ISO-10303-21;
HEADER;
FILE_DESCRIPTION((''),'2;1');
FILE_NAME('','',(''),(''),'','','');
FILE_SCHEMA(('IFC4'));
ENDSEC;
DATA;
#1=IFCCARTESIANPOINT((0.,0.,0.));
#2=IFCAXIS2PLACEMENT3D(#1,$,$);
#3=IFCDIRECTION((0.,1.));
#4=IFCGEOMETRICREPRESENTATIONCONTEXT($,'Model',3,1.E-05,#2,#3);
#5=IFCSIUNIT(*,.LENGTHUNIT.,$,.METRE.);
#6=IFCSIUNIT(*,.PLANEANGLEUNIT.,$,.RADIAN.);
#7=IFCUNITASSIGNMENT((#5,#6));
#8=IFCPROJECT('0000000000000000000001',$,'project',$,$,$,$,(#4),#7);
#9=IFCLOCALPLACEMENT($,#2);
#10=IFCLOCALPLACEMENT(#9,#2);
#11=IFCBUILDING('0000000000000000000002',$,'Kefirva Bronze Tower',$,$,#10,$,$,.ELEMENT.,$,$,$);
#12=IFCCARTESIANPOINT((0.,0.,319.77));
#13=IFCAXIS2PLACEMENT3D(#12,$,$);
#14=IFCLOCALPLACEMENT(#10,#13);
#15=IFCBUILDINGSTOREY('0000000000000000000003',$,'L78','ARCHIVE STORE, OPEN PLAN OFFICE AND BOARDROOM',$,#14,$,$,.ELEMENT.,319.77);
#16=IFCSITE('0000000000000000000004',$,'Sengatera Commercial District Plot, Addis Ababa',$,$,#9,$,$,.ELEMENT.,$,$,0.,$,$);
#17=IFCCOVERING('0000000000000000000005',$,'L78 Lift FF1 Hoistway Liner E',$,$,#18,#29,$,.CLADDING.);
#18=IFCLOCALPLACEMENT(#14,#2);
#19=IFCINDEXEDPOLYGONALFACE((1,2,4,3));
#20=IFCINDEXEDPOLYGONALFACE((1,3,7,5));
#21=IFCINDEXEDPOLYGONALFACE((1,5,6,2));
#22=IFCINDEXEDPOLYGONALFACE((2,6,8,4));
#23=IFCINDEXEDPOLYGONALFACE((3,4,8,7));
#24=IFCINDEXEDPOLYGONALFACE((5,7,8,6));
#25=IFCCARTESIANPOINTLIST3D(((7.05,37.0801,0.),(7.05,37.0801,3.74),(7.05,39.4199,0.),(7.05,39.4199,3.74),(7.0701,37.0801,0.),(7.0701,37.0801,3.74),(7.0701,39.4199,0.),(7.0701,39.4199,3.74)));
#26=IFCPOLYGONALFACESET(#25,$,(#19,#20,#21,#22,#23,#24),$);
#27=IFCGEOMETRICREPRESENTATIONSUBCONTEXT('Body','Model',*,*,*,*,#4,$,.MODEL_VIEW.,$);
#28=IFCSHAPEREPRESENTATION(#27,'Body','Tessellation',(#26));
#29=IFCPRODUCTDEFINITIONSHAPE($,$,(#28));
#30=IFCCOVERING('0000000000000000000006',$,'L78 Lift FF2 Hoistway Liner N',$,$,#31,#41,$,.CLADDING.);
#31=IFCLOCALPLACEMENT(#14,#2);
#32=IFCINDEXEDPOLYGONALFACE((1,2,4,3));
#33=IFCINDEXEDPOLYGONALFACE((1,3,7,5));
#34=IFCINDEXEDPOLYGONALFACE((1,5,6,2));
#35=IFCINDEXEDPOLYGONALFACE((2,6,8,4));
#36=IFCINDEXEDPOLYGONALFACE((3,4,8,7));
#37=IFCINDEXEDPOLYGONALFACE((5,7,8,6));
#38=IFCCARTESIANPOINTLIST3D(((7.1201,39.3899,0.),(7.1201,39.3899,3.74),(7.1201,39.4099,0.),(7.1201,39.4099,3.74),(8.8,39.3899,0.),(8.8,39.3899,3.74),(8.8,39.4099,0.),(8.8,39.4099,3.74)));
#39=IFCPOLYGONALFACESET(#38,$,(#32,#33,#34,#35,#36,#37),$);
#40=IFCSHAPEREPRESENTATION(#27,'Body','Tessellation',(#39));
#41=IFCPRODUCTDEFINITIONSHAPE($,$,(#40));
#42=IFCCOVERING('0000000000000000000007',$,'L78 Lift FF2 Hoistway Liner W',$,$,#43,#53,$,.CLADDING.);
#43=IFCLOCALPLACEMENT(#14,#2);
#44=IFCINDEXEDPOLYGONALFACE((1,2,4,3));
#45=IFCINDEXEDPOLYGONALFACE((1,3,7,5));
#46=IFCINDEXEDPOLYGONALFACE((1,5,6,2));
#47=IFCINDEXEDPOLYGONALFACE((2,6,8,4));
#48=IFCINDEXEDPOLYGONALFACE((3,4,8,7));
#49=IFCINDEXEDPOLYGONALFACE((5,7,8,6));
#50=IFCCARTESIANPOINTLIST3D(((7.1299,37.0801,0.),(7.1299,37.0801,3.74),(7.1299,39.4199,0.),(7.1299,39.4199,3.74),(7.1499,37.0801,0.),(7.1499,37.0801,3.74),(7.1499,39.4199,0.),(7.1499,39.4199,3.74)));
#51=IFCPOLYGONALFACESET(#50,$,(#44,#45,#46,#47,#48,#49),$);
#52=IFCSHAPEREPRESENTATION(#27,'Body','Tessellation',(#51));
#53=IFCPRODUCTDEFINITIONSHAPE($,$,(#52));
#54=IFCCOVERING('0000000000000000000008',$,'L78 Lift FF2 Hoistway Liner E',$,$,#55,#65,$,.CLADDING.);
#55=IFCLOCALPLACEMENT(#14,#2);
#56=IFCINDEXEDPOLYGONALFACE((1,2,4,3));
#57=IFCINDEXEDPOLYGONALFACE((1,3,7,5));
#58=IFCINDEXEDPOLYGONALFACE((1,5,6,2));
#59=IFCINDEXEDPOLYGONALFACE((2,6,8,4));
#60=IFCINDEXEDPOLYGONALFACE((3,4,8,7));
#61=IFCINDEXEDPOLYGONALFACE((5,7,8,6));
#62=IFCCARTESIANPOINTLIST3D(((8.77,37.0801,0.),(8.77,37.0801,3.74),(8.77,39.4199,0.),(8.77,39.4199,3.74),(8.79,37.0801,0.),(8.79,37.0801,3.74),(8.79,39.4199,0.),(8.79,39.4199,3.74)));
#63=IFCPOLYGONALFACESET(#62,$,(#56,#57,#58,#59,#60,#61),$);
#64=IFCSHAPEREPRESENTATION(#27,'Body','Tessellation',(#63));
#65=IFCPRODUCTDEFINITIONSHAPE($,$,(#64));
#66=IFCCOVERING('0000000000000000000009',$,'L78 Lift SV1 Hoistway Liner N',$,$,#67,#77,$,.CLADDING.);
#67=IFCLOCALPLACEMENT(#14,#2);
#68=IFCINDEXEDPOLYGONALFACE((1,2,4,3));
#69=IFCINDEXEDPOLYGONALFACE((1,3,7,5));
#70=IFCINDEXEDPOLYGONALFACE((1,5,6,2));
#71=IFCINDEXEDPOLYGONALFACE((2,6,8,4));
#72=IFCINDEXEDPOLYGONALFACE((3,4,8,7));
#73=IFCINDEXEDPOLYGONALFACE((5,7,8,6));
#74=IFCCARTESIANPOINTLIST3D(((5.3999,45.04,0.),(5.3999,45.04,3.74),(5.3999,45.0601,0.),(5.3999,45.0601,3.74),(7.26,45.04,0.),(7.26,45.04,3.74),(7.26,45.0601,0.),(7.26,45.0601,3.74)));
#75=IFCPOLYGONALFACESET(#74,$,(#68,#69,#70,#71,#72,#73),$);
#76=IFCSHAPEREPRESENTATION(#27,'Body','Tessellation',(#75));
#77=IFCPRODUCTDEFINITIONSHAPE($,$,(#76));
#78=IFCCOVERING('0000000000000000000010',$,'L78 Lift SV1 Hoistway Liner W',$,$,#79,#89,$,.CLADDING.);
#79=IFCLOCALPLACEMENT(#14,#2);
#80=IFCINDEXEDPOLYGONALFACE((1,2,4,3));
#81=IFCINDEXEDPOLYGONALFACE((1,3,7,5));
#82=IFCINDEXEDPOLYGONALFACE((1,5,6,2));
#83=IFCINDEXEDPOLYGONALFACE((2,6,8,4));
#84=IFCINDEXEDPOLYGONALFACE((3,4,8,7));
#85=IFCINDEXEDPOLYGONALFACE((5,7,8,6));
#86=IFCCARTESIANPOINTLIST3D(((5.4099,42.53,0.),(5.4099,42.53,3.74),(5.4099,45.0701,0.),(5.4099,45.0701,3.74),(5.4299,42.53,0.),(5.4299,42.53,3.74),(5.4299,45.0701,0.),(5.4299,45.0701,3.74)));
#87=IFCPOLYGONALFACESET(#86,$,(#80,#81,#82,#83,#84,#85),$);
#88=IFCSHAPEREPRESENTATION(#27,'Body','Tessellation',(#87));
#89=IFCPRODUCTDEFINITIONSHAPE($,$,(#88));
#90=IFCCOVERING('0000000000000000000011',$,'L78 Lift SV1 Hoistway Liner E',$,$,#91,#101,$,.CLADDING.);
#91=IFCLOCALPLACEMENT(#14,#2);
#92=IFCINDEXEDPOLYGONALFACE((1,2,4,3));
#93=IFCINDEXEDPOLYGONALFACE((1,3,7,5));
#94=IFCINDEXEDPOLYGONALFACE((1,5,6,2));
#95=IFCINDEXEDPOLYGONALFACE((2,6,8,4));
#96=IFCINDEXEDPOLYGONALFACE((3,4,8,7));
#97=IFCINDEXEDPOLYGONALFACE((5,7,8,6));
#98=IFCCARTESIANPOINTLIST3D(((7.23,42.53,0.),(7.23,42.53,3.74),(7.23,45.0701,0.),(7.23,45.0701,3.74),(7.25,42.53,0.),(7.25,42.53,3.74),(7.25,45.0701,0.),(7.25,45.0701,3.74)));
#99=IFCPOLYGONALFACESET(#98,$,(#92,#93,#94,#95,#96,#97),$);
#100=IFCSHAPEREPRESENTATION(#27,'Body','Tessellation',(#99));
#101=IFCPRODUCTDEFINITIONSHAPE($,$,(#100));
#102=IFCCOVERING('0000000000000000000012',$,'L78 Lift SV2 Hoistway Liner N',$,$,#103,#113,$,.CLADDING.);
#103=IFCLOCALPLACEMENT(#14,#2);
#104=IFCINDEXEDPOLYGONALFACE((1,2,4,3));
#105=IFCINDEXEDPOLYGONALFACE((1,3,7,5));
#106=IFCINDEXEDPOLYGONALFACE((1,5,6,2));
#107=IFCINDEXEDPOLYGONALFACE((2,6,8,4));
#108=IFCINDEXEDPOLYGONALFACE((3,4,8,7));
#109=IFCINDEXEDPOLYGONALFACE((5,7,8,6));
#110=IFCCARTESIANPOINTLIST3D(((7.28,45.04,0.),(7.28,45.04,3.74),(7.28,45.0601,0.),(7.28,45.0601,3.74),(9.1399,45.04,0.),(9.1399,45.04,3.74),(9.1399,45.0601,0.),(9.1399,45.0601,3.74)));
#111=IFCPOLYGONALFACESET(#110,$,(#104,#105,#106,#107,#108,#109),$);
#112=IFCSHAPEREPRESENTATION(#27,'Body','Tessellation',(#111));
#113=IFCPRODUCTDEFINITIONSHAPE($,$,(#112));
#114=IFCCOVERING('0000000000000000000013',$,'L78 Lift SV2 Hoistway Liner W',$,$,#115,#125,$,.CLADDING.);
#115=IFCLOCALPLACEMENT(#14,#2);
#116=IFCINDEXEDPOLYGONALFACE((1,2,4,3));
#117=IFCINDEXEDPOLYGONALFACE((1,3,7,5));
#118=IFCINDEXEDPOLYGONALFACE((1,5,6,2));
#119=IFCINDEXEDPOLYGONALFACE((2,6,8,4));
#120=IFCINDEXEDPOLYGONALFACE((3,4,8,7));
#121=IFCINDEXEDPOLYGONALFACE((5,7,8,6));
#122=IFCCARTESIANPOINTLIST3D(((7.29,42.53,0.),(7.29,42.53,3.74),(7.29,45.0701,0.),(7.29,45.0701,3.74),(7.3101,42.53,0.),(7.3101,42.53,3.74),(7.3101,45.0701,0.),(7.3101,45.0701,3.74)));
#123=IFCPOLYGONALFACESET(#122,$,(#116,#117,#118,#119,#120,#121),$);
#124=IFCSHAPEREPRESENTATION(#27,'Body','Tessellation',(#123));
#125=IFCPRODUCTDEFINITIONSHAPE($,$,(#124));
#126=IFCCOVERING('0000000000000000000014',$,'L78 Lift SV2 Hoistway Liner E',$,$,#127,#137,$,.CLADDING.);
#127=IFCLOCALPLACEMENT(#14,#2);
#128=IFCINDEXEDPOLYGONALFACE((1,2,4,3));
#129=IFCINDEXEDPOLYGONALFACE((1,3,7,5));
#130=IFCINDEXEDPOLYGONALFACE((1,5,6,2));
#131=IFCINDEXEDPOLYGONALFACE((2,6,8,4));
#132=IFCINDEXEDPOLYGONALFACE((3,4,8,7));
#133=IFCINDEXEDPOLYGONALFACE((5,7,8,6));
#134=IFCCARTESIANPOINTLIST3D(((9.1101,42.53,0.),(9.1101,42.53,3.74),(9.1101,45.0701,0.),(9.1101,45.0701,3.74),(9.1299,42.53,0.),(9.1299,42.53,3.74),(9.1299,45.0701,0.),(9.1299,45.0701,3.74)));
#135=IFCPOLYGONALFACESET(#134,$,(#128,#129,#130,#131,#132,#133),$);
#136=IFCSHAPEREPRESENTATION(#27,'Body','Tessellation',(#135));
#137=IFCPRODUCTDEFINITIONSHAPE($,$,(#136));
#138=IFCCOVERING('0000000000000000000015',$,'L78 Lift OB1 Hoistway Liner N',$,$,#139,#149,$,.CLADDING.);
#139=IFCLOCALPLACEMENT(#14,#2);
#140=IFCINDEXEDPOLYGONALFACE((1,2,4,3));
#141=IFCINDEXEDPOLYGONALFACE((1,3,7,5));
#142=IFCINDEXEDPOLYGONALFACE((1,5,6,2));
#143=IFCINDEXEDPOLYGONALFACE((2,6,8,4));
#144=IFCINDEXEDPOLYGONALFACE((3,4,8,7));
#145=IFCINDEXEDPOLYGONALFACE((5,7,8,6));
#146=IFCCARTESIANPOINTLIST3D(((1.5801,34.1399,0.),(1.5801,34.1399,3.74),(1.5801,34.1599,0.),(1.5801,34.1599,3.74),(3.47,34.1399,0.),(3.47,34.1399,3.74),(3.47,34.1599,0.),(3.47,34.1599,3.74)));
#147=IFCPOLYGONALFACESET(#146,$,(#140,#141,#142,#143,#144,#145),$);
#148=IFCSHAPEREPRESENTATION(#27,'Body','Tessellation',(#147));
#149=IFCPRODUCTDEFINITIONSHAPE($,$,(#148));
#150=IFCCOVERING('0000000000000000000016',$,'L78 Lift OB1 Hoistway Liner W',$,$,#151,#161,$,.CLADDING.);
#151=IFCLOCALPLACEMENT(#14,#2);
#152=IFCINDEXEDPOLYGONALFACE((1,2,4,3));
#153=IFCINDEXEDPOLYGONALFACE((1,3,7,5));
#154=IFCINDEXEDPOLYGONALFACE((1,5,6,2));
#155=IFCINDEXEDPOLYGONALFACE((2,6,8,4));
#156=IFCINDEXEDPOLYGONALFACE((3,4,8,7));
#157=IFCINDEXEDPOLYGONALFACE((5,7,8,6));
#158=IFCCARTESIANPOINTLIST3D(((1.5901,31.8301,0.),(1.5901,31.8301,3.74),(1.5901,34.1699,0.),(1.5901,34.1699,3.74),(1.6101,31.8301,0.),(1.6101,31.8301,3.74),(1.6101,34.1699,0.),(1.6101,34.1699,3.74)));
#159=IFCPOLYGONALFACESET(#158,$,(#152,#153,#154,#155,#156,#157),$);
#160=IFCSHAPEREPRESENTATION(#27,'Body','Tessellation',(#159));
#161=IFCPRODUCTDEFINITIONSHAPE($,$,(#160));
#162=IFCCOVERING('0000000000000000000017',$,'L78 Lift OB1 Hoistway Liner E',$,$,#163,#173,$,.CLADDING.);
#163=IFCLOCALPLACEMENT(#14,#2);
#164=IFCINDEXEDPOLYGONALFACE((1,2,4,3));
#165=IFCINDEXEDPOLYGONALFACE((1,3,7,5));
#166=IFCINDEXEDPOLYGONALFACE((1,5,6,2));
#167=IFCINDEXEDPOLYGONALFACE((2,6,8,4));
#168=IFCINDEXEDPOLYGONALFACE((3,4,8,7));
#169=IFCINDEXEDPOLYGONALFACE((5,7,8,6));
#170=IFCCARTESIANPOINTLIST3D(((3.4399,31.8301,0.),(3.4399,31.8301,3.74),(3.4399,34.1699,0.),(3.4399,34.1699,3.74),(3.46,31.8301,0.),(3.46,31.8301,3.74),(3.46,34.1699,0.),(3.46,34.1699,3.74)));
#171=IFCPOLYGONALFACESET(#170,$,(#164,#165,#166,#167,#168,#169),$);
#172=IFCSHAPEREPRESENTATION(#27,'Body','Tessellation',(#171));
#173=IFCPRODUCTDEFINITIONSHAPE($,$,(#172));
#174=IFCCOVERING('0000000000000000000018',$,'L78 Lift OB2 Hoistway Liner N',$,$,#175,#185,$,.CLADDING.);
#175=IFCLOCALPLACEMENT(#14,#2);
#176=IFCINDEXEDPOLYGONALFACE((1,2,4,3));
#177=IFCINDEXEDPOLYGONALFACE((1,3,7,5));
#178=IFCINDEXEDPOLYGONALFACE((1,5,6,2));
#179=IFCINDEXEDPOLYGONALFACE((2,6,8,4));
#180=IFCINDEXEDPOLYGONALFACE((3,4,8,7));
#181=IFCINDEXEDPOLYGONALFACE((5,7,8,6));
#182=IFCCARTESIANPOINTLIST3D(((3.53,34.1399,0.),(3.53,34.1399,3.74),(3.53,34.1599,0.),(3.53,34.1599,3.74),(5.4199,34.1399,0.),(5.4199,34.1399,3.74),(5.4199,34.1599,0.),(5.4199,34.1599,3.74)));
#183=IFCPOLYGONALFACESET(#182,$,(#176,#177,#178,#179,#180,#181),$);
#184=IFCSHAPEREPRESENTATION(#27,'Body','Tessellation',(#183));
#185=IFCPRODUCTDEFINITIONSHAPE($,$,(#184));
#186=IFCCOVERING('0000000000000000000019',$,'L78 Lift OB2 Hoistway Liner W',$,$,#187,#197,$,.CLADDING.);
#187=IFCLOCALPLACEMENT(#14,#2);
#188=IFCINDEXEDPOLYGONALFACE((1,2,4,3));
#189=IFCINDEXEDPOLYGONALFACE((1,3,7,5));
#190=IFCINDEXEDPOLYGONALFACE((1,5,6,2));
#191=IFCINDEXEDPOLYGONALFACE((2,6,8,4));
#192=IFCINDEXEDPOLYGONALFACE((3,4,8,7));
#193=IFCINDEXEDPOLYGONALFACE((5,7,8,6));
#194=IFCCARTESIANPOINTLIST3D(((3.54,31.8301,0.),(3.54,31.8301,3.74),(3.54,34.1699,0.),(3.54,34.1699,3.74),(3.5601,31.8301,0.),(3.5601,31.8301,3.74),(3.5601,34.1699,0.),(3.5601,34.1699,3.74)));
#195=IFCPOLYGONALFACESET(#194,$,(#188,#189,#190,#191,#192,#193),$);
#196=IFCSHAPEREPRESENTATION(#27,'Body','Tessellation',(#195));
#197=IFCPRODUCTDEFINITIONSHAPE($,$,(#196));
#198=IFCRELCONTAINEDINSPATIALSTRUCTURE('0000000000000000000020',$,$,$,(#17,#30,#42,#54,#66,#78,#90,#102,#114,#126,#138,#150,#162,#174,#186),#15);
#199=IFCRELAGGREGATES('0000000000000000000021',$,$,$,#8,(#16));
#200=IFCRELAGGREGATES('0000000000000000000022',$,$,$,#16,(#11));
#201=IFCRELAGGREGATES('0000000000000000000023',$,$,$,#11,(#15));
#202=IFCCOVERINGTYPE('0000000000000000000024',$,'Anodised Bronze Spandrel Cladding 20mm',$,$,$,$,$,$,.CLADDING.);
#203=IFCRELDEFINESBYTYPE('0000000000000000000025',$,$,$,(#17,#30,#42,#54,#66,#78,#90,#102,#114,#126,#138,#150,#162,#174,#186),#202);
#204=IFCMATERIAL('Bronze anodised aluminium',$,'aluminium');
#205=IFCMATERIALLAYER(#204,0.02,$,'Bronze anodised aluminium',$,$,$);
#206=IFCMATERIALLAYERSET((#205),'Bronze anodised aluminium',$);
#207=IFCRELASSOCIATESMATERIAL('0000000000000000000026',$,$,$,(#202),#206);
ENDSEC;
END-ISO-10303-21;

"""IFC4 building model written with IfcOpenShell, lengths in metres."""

from ifc_helpers import new_model, si_unit, direction, frame, origin, place, context, subcontext, project, spatial, polyline, outline, extrude, material, layer, layer_set, type_object, element, save


model = new_model("IFC4")

# Units and contexts
model_context = context("Model", 3, precision=1e-05, world=origin(), true_north=direction((0.0, 1.0)))
body_context = subcontext(model_context, "Body", "Model", "MODEL_VIEW")
ifc_project = project(units=[si_unit("LENGTHUNIT", "METRE"), si_unit("PLANEANGLEUNIT", "RADIAN")], contexts=[model_context])

# Site, building, storey
site_placement = place(None, origin())
site = spatial("IfcSite", under=ifc_project, at=site_placement, Name="Sengatera Commercial District Plot, Addis Ababa", CompositionType="ELEMENT", RefElevation=0.0)
building_placement = place(site_placement, origin())
building = spatial("IfcBuilding", under=site, at=building_placement, Name="Kefirva Bronze Tower", CompositionType="ELEMENT")
storey_placement = place(building_placement, frame((0.0, 0.0, 319.77)))
storey = spatial("IfcBuildingStorey", under=building, at=storey_placement, Name="L78", Description="ARCHIVE STORE, OPEN PLAN OFFICE AND BOARDROOM", CompositionType="ELEMENT", Elevation=319.77)

# Shared definitions
ifc_material_1 = material(Name="Bronze anodised aluminium", Category="aluminium")

# Coverings
ifc_layer_1 = layer(ifc_material_1, 0.02, Name="Bronze anodised aluminium")
ifc_layer_set_1 = layer_set([ifc_layer_1], Name="Bronze anodised aluminium")
covering_type_1 = type_object("IfcCoveringType", Name="Anodised Bronze Spandrel Cladding 20mm", PredefinedType="CLADDING", material=ifc_layer_set_1)
covering_1_placement = place(storey_placement, origin())
element("IfcCovering", 1, at=covering_1_placement, inside=storey, type_object=covering_type_1, Name="L78 Lift FF1 Hoistway Liner E", PredefinedType="CLADDING", context=body_context, shape_type="SweptSolid", body=[
    extrude(outline(polyline([(7.05, 37.0801), (7.0701, 37.0801), (7.0701, 39.4199), (7.05, 39.4199), (7.05, 37.0801)])), origin(), (0.0, 0.0, 1.0), 3.74),
])
covering_2_placement = place(storey_placement, origin())
element("IfcCovering", 2, at=covering_2_placement, inside=storey, type_object=covering_type_1, Name="L78 Lift FF2 Hoistway Liner N", PredefinedType="CLADDING", context=body_context, shape_type="SweptSolid", body=[
    extrude(outline(polyline([(7.1201, 39.3899), (8.8, 39.3899), (8.8, 39.4099), (7.1201, 39.4099), (7.1201, 39.3899)])), origin(), (0.0, 0.0, 1.0), 3.74),
])
covering_3_placement = place(storey_placement, origin())
element("IfcCovering", 3, at=covering_3_placement, inside=storey, type_object=covering_type_1, Name="L78 Lift FF2 Hoistway Liner W", PredefinedType="CLADDING", context=body_context, shape_type="SweptSolid", body=[
    extrude(outline(polyline([(7.1299, 37.0801), (7.1499, 37.0801), (7.1499, 39.4199), (7.1299, 39.4199), (7.1299, 37.0801)])), origin(), (0.0, 0.0, 1.0), 3.74),
])
covering_4_placement = place(storey_placement, origin())
element("IfcCovering", 4, at=covering_4_placement, inside=storey, type_object=covering_type_1, Name="L78 Lift FF2 Hoistway Liner E", PredefinedType="CLADDING", context=body_context, shape_type="SweptSolid", body=[
    extrude(outline(polyline([(8.77, 37.0801), (8.79, 37.0801), (8.79, 39.4199), (8.77, 39.4199), (8.77, 37.0801)])), origin(), (0.0, 0.0, 1.0), 3.74),
])
covering_5_placement = place(storey_placement, origin())
element("IfcCovering", 5, at=covering_5_placement, inside=storey, type_object=covering_type_1, Name="L78 Lift SV1 Hoistway Liner N", PredefinedType="CLADDING", context=body_context, shape_type="SweptSolid", body=[
    extrude(outline(polyline([(5.3999, 45.04), (7.26, 45.04), (7.26, 45.0601), (5.3999, 45.0601), (5.3999, 45.04)])), origin(), (0.0, 0.0, 1.0), 3.74),
])
covering_6_placement = place(storey_placement, origin())
element("IfcCovering", 6, at=covering_6_placement, inside=storey, type_object=covering_type_1, Name="L78 Lift SV1 Hoistway Liner W", PredefinedType="CLADDING", context=body_context, shape_type="SweptSolid", body=[
    extrude(outline(polyline([(5.4099, 42.53), (5.4299, 42.53), (5.4299, 45.0701), (5.4099, 45.0701), (5.4099, 42.53)])), origin(), (0.0, 0.0, 1.0), 3.74),
])
covering_7_placement = place(storey_placement, origin())
element("IfcCovering", 7, at=covering_7_placement, inside=storey, type_object=covering_type_1, Name="L78 Lift SV1 Hoistway Liner E", PredefinedType="CLADDING", context=body_context, shape_type="SweptSolid", body=[
    extrude(outline(polyline([(7.23, 42.53), (7.25, 42.53), (7.25, 45.0701), (7.23, 45.0701), (7.23, 42.53)])), origin(), (0.0, 0.0, 1.0), 3.74),
])
covering_8_placement = place(storey_placement, origin())
element("IfcCovering", 8, at=covering_8_placement, inside=storey, type_object=covering_type_1, Name="L78 Lift SV2 Hoistway Liner N", PredefinedType="CLADDING", context=body_context, shape_type="SweptSolid", body=[
    extrude(outline(polyline([(7.28, 45.04), (9.1399, 45.04), (9.1399, 45.0601), (7.28, 45.0601), (7.28, 45.04)])), origin(), (0.0, 0.0, 1.0), 3.74),
])
covering_9_placement = place(storey_placement, origin())
element("IfcCovering", 9, at=covering_9_placement, inside=storey, type_object=covering_type_1, Name="L78 Lift SV2 Hoistway Liner W", PredefinedType="CLADDING", context=body_context, shape_type="SweptSolid", body=[
    extrude(outline(polyline([(7.29, 42.53), (7.3101, 42.53), (7.3101, 45.0701), (7.29, 45.0701), (7.29, 42.53)])), origin(), (0.0, 0.0, 1.0), 3.74),
])
covering_10_placement = place(storey_placement, origin())
element("IfcCovering", 10, at=covering_10_placement, inside=storey, type_object=covering_type_1, Name="L78 Lift SV2 Hoistway Liner E", PredefinedType="CLADDING", context=body_context, shape_type="SweptSolid", body=[
    extrude(outline(polyline([(9.1101, 42.53), (9.1299, 42.53), (9.1299, 45.0701), (9.1101, 45.0701), (9.1101, 42.53)])), origin(), (0.0, 0.0, 1.0), 3.74),
])
covering_11_placement = place(storey_placement, origin())
element("IfcCovering", 11, at=covering_11_placement, inside=storey, type_object=covering_type_1, Name="L78 Lift OB1 Hoistway Liner N", PredefinedType="CLADDING", context=body_context, shape_type="SweptSolid", body=[
    extrude(outline(polyline([(1.5801, 34.1399), (3.47, 34.1399), (3.47, 34.1599), (1.5801, 34.1599), (1.5801, 34.1399)])), origin(), (0.0, 0.0, 1.0), 3.74),
])
covering_12_placement = place(storey_placement, origin())
element("IfcCovering", 12, at=covering_12_placement, inside=storey, type_object=covering_type_1, Name="L78 Lift OB1 Hoistway Liner W", PredefinedType="CLADDING", context=body_context, shape_type="SweptSolid", body=[
    extrude(outline(polyline([(1.5901, 31.8301), (1.6101, 31.8301), (1.6101, 34.1699), (1.5901, 34.1699), (1.5901, 31.8301)])), origin(), (0.0, 0.0, 1.0), 3.74),
])
covering_13_placement = place(storey_placement, origin())
element("IfcCovering", 13, at=covering_13_placement, inside=storey, type_object=covering_type_1, Name="L78 Lift OB1 Hoistway Liner E", PredefinedType="CLADDING", context=body_context, shape_type="SweptSolid", body=[
    extrude(outline(polyline([(3.4399, 31.8301), (3.46, 31.8301), (3.46, 34.1699), (3.4399, 34.1699), (3.4399, 31.8301)])), origin(), (0.0, 0.0, 1.0), 3.74),
])
covering_14_placement = place(storey_placement, origin())
element("IfcCovering", 14, at=covering_14_placement, inside=storey, type_object=covering_type_1, Name="L78 Lift OB2 Hoistway Liner N", PredefinedType="CLADDING", context=body_context, shape_type="SweptSolid", body=[
    extrude(outline(polyline([(3.53, 34.1399), (5.4199, 34.1399), (5.4199, 34.1599), (3.53, 34.1599), (3.53, 34.1399)])), origin(), (0.0, 0.0, 1.0), 3.74),
])
covering_15_placement = place(storey_placement, origin())
element("IfcCovering", 15, at=covering_15_placement, inside=storey, type_object=covering_type_1, Name="L78 Lift OB2 Hoistway Liner W", PredefinedType="CLADDING", context=body_context, shape_type="SweptSolid", body=[
    extrude(outline(polyline([(3.54, 31.8301), (3.5601, 31.8301), (3.5601, 34.1699), (3.54, 34.1699), (3.54, 31.8301)])), origin(), (0.0, 0.0, 1.0), 3.74),
])

save(model, "model.ifc")
